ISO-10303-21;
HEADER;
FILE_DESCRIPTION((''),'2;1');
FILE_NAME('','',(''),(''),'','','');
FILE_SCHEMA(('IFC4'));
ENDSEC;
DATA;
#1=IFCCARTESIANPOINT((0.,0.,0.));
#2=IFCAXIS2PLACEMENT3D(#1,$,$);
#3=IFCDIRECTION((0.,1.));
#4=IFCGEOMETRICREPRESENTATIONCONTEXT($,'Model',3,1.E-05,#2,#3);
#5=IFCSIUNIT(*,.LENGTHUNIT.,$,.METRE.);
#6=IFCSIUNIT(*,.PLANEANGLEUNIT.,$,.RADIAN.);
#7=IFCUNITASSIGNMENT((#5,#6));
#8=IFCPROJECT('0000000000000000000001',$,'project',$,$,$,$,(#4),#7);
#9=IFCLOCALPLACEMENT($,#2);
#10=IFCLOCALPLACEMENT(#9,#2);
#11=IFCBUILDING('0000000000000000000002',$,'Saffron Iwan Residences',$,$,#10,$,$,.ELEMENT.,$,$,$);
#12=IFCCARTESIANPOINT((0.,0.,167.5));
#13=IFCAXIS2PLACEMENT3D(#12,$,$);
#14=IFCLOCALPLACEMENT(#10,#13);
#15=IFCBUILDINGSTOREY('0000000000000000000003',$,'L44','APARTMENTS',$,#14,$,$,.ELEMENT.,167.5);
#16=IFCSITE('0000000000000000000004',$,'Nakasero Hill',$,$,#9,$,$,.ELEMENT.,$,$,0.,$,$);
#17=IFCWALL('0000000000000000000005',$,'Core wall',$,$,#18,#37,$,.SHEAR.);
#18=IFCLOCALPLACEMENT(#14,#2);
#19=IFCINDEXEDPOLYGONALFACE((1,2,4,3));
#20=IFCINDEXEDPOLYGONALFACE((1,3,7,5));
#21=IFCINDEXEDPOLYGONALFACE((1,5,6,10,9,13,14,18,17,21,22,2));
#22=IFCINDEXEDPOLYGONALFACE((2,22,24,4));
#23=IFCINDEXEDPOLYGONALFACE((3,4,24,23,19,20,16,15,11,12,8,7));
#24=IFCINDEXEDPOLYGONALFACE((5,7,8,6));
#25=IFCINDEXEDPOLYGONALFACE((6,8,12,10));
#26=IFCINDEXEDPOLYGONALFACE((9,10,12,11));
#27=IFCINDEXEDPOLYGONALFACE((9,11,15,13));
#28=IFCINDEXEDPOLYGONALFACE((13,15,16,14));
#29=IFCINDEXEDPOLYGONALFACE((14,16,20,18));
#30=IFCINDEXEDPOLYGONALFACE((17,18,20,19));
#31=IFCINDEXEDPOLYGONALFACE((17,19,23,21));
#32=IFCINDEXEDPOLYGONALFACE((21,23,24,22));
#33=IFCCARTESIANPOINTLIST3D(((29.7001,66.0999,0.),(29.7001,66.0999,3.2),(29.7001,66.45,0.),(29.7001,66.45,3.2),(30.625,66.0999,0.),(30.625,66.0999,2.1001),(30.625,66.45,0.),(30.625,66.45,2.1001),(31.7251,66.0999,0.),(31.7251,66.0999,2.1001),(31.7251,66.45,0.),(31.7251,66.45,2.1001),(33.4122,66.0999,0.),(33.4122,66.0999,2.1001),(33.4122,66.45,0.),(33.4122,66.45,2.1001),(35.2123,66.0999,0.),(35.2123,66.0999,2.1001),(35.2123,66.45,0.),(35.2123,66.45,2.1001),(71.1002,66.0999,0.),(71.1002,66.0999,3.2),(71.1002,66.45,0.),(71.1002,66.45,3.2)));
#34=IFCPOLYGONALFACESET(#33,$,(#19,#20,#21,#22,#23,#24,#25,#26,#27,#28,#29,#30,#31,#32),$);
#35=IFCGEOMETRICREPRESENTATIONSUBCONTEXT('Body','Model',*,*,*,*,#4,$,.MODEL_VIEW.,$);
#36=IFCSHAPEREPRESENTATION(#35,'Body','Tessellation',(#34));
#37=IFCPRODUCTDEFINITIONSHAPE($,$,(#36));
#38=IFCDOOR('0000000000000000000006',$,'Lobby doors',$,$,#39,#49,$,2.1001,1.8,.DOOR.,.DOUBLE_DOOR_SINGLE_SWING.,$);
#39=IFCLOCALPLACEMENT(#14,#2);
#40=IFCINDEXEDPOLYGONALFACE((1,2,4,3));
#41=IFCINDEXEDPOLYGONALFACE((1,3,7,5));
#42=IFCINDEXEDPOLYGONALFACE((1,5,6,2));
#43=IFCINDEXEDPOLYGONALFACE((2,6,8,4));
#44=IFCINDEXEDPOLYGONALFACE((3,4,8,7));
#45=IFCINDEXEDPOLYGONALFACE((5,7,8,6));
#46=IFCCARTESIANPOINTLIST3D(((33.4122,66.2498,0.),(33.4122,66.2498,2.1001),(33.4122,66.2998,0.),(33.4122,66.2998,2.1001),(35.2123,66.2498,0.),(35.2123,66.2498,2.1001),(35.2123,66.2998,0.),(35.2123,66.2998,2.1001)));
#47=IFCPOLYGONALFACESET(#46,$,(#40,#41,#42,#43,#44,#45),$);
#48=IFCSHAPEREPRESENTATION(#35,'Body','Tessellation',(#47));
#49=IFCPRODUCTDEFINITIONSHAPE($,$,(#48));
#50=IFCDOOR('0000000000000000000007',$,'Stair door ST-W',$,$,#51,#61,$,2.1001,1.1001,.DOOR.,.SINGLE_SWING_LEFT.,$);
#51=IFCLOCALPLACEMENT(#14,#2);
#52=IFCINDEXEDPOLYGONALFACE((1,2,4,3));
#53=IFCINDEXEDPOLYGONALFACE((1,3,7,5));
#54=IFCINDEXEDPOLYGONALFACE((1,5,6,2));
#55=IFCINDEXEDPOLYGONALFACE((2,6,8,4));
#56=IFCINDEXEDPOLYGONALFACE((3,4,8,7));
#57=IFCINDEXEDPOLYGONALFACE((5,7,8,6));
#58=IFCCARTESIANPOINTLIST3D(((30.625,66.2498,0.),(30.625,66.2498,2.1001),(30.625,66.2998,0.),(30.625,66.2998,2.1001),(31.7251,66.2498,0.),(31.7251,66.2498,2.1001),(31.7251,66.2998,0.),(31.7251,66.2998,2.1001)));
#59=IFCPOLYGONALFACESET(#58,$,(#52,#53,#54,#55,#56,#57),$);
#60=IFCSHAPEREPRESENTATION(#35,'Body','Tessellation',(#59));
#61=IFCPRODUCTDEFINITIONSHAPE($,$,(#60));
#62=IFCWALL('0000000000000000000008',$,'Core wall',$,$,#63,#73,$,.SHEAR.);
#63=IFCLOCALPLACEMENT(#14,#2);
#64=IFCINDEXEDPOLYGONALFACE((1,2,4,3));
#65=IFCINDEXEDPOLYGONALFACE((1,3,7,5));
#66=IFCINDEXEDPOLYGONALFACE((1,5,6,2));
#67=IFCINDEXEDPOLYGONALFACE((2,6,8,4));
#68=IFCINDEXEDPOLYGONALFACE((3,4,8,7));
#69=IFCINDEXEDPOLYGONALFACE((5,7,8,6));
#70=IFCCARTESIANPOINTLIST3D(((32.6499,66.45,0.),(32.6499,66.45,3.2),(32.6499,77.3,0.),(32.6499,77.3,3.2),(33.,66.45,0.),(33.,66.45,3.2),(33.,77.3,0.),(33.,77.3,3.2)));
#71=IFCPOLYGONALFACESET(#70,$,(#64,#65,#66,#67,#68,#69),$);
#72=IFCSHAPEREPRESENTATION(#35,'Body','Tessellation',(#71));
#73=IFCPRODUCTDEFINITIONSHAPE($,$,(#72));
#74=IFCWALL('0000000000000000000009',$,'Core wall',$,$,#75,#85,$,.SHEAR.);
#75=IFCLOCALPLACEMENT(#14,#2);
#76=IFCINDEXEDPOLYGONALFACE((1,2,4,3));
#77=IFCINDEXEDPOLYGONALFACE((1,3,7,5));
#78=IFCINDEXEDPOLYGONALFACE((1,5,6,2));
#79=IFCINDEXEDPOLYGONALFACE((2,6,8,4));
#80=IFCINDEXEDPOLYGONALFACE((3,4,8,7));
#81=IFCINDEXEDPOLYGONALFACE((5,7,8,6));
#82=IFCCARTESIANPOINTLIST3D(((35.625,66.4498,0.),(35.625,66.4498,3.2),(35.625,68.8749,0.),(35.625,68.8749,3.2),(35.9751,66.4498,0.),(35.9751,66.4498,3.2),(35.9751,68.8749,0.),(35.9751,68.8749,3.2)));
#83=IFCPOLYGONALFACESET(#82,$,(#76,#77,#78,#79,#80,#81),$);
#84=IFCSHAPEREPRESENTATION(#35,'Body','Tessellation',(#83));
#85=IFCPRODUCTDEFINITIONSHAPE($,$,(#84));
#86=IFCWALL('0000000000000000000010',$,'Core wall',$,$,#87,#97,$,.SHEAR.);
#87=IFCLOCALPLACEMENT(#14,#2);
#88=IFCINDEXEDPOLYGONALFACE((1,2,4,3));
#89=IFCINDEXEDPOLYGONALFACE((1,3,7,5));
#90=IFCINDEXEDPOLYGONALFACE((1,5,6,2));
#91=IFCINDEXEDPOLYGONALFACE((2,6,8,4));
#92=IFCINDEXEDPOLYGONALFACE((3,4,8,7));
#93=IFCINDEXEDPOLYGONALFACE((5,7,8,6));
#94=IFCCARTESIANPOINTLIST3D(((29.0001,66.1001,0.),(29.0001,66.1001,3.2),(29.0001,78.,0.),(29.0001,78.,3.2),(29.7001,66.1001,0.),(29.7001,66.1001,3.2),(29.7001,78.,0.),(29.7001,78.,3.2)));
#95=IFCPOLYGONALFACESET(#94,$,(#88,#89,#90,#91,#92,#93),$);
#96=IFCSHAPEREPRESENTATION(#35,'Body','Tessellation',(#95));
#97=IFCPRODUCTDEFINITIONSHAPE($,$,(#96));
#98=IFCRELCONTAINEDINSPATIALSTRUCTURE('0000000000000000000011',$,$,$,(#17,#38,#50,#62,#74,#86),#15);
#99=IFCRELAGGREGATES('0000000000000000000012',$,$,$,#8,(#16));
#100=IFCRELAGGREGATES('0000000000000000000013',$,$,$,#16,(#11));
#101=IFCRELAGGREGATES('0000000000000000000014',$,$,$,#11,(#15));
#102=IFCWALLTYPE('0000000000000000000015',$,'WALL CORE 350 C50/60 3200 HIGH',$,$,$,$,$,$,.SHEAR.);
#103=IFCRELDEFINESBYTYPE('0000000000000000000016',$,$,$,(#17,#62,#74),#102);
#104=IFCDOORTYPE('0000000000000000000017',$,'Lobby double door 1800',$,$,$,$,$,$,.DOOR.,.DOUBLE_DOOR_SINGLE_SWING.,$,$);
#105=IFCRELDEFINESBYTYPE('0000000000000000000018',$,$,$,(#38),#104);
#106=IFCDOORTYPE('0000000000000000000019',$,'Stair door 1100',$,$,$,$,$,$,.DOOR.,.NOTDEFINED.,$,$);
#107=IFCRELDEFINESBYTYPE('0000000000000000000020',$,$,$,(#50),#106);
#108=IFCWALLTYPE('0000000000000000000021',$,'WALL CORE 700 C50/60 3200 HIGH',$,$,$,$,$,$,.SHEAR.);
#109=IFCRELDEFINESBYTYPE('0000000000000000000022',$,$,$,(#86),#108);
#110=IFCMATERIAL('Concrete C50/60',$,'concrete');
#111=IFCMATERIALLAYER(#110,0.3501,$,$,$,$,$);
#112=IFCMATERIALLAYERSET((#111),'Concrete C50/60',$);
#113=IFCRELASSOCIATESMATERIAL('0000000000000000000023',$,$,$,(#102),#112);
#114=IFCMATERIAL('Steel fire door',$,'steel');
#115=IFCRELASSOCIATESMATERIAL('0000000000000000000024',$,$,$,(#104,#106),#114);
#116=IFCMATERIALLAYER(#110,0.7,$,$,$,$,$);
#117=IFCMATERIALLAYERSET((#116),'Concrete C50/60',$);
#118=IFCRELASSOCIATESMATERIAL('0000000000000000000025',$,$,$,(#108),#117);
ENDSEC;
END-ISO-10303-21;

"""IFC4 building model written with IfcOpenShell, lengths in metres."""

from ifc_helpers import new_model, si_unit, direction, frame, frame_2d, origin, place, context, subcontext, project, spatial, rectangle, extrude, material, layer, layer_set, type_object, element, fill, save


model = new_model("IFC4")

# Units and contexts
model_context = context("Model", 3, precision=1e-05, world=origin(), true_north=direction((0.0, 1.0)))
body_context = subcontext(model_context, "Body", "Model", "MODEL_VIEW")
ifc_project = project(units=[si_unit("LENGTHUNIT", "METRE"), si_unit("PLANEANGLEUNIT", "RADIAN")], contexts=[model_context])

# Site, building, storey
site_placement = place(None, origin())
site = spatial("IfcSite", under=ifc_project, at=site_placement, Name="Nakasero Hill", CompositionType="ELEMENT", RefElevation=0.0)
building_placement = place(site_placement, origin())
building = spatial("IfcBuilding", under=site, at=building_placement, Name="Saffron Iwan Residences", CompositionType="ELEMENT")
storey_placement = place(building_placement, frame((0.0, 0.0, 167.5)))
storey = spatial("IfcBuildingStorey", under=building, at=storey_placement, Name="L44", Description="APARTMENTS", CompositionType="ELEMENT", Elevation=167.5)

# Shared definitions
ifc_material_1 = material(Name="Concrete C50/60", Category="concrete")

# Wall, openings, doors
ifc_layer_1 = layer(ifc_material_1, 0.3501)
ifc_layer_set_1 = layer_set([ifc_layer_1], Name="Concrete C50/60")
wall_type_1 = type_object("IfcWallType", Name="WALL CORE 350 C50/60 3200 HIGH", PredefinedType="SHEAR", material=ifc_layer_set_1)
wall_1_placement = place(storey_placement, frame((29.7, 66.2749, 0.0), z_axis=(0.0, 0.0, 1.0), x_axis=(1.0, 0.0, 0.0)))
wall_1 = element("IfcWall", 1, at=wall_1_placement, inside=storey, type_object=wall_type_1, Name="Core wall", PredefinedType="SHEAR", context=body_context, shape_type="SweptSolid", body=[
    extrude(rectangle(XDim=41.4001, YDim=0.3501, at=frame_2d((20.7002, 0.0))), origin(), (0.0, 0.0, 1.0), 3.2),
])
opening_1_placement = place(wall_1_placement, frame((0.925, 0.0, 0.0)))
opening_1 = element("IfcOpeningElement", 2, at=opening_1_placement, cuts=wall_1, PredefinedType="OPENING", context=body_context, shape_type="SweptSolid", body=[
    extrude(rectangle(XDim=1.1001, YDim=2.1001, at=frame_2d((0.55, 1.05))), frame((0.0, 0.1851, 0.0), z_axis=(0.0, -1.0, 0.0), x_axis=(1.0, 0.0, 0.0)), (0.0, 0.0, 1.0), 0.3701),
])
opening_2_placement = place(wall_1_placement, frame((3.7124, 0.0, 0.0)))
opening_2 = element("IfcOpeningElement", 3, at=opening_2_placement, cuts=wall_1, PredefinedType="OPENING", context=body_context, shape_type="SweptSolid", body=[
    extrude(rectangle(XDim=1.8, YDim=2.1001, at=frame_2d((0.8999, 1.05))), frame((0.0, 0.1851, 0.0), z_axis=(0.0, -1.0, 0.0), x_axis=(1.0, 0.0, 0.0)), (0.0, 0.0, 1.0), 0.3701),
])
ifc_material_2 = material(Name="Steel fire door", Category="steel")
door_type_1 = type_object("IfcDoorType", Name="Lobby double door 1800", OperationType="DOUBLE_DOOR_SINGLE_SWING", PredefinedType="DOOR", material=ifc_material_2)
door_1_placement = place(opening_2_placement, origin())
door_1 = element("IfcDoor", 4, at=door_1_placement, inside=storey, type_object=door_type_1, Name="Lobby doors", OperationType="DOUBLE_DOOR_SINGLE_SWING", OverallHeight=2.1001, OverallWidth=1.8, PredefinedType="DOOR", context=body_context, shape_type="SweptSolid", body=[
    extrude(rectangle(XDim=1.8, YDim=2.1001, at=frame_2d((0.8999, 1.05))), frame((0.0, 0.0249, 0.0), z_axis=(0.0, -1.0, 0.0), x_axis=(1.0, 0.0, 0.0)), (0.0, 0.0, 1.0), 0.05),
])
fill(opening_2, door_1)
door_type_2 = type_object("IfcDoorType", Name="Stair door 1100", OperationType="NOTDEFINED", PredefinedType="DOOR", material=ifc_material_2)
door_2_placement = place(opening_1_placement, origin())
door_2 = element("IfcDoor", 5, at=door_2_placement, inside=storey, type_object=door_type_2, Name="Stair door ST-W", OperationType="SINGLE_SWING_LEFT", OverallHeight=2.1001, OverallWidth=1.1001, PredefinedType="DOOR", context=body_context, shape_type="SweptSolid", body=[
    extrude(rectangle(XDim=1.1001, YDim=2.1001, at=frame_2d((0.55, 1.05))), frame((0.0, 0.0249, 0.0), z_axis=(0.0, -1.0, 0.0), x_axis=(1.0, 0.0, 0.0)), (0.0, 0.0, 1.0), 0.05),
])
fill(opening_1, door_2)

# Walls
wall_2_placement = place(storey_placement, frame((32.825, 66.45, 0.0), z_axis=(0.0, 0.0, 1.0), x_axis=(0.0, 1.0, 0.0)))
element("IfcWall", 6, at=wall_2_placement, inside=storey, type_object=wall_type_1, Name="Core wall", PredefinedType="SHEAR", context=body_context, shape_type="SweptSolid", body=[
    extrude(rectangle(XDim=10.8501, YDim=0.3501, at=frame_2d((5.425, 0.0))), origin(), (0.0, 0.0, 1.0), 3.2),
])
wall_3_placement = place(storey_placement, frame((35.8, 66.45, 0.0), z_axis=(0.0, 0.0, 1.0), x_axis=(0.0, 1.0, 0.0)))
element("IfcWall", 7, at=wall_3_placement, inside=storey, type_object=wall_type_1, Name="Core wall", PredefinedType="SHEAR", context=body_context, shape_type="SweptSolid", body=[
    extrude(rectangle(XDim=2.425, YDim=0.3501, at=frame_2d((1.2124, 0.0))), origin(), (0.0, 0.0, 1.0), 3.2),
])
ifc_layer_2 = layer(ifc_material_1, 0.7)
ifc_layer_set_2 = layer_set([ifc_layer_2], Name="Concrete C50/60")
wall_type_2 = type_object("IfcWallType", Name="WALL CORE 700 C50/60 3200 HIGH", PredefinedType="SHEAR", material=ifc_layer_set_2)
wall_4_placement = place(storey_placement, frame((29.3501, 66.1001, 0.0), z_axis=(0.0, 0.0, 1.0), x_axis=(0.0, 1.0, 0.0)))
element("IfcWall", 8, at=wall_4_placement, inside=storey, type_object=wall_type_2, Name="Core wall", PredefinedType="SHEAR", context=body_context, shape_type="SweptSolid", body=[
    extrude(rectangle(XDim=11.8999, YDim=0.7, at=frame_2d((5.95, 0.0))), origin(), (0.0, 0.0, 1.0), 3.2),
])

save(model, "model.ifc")
